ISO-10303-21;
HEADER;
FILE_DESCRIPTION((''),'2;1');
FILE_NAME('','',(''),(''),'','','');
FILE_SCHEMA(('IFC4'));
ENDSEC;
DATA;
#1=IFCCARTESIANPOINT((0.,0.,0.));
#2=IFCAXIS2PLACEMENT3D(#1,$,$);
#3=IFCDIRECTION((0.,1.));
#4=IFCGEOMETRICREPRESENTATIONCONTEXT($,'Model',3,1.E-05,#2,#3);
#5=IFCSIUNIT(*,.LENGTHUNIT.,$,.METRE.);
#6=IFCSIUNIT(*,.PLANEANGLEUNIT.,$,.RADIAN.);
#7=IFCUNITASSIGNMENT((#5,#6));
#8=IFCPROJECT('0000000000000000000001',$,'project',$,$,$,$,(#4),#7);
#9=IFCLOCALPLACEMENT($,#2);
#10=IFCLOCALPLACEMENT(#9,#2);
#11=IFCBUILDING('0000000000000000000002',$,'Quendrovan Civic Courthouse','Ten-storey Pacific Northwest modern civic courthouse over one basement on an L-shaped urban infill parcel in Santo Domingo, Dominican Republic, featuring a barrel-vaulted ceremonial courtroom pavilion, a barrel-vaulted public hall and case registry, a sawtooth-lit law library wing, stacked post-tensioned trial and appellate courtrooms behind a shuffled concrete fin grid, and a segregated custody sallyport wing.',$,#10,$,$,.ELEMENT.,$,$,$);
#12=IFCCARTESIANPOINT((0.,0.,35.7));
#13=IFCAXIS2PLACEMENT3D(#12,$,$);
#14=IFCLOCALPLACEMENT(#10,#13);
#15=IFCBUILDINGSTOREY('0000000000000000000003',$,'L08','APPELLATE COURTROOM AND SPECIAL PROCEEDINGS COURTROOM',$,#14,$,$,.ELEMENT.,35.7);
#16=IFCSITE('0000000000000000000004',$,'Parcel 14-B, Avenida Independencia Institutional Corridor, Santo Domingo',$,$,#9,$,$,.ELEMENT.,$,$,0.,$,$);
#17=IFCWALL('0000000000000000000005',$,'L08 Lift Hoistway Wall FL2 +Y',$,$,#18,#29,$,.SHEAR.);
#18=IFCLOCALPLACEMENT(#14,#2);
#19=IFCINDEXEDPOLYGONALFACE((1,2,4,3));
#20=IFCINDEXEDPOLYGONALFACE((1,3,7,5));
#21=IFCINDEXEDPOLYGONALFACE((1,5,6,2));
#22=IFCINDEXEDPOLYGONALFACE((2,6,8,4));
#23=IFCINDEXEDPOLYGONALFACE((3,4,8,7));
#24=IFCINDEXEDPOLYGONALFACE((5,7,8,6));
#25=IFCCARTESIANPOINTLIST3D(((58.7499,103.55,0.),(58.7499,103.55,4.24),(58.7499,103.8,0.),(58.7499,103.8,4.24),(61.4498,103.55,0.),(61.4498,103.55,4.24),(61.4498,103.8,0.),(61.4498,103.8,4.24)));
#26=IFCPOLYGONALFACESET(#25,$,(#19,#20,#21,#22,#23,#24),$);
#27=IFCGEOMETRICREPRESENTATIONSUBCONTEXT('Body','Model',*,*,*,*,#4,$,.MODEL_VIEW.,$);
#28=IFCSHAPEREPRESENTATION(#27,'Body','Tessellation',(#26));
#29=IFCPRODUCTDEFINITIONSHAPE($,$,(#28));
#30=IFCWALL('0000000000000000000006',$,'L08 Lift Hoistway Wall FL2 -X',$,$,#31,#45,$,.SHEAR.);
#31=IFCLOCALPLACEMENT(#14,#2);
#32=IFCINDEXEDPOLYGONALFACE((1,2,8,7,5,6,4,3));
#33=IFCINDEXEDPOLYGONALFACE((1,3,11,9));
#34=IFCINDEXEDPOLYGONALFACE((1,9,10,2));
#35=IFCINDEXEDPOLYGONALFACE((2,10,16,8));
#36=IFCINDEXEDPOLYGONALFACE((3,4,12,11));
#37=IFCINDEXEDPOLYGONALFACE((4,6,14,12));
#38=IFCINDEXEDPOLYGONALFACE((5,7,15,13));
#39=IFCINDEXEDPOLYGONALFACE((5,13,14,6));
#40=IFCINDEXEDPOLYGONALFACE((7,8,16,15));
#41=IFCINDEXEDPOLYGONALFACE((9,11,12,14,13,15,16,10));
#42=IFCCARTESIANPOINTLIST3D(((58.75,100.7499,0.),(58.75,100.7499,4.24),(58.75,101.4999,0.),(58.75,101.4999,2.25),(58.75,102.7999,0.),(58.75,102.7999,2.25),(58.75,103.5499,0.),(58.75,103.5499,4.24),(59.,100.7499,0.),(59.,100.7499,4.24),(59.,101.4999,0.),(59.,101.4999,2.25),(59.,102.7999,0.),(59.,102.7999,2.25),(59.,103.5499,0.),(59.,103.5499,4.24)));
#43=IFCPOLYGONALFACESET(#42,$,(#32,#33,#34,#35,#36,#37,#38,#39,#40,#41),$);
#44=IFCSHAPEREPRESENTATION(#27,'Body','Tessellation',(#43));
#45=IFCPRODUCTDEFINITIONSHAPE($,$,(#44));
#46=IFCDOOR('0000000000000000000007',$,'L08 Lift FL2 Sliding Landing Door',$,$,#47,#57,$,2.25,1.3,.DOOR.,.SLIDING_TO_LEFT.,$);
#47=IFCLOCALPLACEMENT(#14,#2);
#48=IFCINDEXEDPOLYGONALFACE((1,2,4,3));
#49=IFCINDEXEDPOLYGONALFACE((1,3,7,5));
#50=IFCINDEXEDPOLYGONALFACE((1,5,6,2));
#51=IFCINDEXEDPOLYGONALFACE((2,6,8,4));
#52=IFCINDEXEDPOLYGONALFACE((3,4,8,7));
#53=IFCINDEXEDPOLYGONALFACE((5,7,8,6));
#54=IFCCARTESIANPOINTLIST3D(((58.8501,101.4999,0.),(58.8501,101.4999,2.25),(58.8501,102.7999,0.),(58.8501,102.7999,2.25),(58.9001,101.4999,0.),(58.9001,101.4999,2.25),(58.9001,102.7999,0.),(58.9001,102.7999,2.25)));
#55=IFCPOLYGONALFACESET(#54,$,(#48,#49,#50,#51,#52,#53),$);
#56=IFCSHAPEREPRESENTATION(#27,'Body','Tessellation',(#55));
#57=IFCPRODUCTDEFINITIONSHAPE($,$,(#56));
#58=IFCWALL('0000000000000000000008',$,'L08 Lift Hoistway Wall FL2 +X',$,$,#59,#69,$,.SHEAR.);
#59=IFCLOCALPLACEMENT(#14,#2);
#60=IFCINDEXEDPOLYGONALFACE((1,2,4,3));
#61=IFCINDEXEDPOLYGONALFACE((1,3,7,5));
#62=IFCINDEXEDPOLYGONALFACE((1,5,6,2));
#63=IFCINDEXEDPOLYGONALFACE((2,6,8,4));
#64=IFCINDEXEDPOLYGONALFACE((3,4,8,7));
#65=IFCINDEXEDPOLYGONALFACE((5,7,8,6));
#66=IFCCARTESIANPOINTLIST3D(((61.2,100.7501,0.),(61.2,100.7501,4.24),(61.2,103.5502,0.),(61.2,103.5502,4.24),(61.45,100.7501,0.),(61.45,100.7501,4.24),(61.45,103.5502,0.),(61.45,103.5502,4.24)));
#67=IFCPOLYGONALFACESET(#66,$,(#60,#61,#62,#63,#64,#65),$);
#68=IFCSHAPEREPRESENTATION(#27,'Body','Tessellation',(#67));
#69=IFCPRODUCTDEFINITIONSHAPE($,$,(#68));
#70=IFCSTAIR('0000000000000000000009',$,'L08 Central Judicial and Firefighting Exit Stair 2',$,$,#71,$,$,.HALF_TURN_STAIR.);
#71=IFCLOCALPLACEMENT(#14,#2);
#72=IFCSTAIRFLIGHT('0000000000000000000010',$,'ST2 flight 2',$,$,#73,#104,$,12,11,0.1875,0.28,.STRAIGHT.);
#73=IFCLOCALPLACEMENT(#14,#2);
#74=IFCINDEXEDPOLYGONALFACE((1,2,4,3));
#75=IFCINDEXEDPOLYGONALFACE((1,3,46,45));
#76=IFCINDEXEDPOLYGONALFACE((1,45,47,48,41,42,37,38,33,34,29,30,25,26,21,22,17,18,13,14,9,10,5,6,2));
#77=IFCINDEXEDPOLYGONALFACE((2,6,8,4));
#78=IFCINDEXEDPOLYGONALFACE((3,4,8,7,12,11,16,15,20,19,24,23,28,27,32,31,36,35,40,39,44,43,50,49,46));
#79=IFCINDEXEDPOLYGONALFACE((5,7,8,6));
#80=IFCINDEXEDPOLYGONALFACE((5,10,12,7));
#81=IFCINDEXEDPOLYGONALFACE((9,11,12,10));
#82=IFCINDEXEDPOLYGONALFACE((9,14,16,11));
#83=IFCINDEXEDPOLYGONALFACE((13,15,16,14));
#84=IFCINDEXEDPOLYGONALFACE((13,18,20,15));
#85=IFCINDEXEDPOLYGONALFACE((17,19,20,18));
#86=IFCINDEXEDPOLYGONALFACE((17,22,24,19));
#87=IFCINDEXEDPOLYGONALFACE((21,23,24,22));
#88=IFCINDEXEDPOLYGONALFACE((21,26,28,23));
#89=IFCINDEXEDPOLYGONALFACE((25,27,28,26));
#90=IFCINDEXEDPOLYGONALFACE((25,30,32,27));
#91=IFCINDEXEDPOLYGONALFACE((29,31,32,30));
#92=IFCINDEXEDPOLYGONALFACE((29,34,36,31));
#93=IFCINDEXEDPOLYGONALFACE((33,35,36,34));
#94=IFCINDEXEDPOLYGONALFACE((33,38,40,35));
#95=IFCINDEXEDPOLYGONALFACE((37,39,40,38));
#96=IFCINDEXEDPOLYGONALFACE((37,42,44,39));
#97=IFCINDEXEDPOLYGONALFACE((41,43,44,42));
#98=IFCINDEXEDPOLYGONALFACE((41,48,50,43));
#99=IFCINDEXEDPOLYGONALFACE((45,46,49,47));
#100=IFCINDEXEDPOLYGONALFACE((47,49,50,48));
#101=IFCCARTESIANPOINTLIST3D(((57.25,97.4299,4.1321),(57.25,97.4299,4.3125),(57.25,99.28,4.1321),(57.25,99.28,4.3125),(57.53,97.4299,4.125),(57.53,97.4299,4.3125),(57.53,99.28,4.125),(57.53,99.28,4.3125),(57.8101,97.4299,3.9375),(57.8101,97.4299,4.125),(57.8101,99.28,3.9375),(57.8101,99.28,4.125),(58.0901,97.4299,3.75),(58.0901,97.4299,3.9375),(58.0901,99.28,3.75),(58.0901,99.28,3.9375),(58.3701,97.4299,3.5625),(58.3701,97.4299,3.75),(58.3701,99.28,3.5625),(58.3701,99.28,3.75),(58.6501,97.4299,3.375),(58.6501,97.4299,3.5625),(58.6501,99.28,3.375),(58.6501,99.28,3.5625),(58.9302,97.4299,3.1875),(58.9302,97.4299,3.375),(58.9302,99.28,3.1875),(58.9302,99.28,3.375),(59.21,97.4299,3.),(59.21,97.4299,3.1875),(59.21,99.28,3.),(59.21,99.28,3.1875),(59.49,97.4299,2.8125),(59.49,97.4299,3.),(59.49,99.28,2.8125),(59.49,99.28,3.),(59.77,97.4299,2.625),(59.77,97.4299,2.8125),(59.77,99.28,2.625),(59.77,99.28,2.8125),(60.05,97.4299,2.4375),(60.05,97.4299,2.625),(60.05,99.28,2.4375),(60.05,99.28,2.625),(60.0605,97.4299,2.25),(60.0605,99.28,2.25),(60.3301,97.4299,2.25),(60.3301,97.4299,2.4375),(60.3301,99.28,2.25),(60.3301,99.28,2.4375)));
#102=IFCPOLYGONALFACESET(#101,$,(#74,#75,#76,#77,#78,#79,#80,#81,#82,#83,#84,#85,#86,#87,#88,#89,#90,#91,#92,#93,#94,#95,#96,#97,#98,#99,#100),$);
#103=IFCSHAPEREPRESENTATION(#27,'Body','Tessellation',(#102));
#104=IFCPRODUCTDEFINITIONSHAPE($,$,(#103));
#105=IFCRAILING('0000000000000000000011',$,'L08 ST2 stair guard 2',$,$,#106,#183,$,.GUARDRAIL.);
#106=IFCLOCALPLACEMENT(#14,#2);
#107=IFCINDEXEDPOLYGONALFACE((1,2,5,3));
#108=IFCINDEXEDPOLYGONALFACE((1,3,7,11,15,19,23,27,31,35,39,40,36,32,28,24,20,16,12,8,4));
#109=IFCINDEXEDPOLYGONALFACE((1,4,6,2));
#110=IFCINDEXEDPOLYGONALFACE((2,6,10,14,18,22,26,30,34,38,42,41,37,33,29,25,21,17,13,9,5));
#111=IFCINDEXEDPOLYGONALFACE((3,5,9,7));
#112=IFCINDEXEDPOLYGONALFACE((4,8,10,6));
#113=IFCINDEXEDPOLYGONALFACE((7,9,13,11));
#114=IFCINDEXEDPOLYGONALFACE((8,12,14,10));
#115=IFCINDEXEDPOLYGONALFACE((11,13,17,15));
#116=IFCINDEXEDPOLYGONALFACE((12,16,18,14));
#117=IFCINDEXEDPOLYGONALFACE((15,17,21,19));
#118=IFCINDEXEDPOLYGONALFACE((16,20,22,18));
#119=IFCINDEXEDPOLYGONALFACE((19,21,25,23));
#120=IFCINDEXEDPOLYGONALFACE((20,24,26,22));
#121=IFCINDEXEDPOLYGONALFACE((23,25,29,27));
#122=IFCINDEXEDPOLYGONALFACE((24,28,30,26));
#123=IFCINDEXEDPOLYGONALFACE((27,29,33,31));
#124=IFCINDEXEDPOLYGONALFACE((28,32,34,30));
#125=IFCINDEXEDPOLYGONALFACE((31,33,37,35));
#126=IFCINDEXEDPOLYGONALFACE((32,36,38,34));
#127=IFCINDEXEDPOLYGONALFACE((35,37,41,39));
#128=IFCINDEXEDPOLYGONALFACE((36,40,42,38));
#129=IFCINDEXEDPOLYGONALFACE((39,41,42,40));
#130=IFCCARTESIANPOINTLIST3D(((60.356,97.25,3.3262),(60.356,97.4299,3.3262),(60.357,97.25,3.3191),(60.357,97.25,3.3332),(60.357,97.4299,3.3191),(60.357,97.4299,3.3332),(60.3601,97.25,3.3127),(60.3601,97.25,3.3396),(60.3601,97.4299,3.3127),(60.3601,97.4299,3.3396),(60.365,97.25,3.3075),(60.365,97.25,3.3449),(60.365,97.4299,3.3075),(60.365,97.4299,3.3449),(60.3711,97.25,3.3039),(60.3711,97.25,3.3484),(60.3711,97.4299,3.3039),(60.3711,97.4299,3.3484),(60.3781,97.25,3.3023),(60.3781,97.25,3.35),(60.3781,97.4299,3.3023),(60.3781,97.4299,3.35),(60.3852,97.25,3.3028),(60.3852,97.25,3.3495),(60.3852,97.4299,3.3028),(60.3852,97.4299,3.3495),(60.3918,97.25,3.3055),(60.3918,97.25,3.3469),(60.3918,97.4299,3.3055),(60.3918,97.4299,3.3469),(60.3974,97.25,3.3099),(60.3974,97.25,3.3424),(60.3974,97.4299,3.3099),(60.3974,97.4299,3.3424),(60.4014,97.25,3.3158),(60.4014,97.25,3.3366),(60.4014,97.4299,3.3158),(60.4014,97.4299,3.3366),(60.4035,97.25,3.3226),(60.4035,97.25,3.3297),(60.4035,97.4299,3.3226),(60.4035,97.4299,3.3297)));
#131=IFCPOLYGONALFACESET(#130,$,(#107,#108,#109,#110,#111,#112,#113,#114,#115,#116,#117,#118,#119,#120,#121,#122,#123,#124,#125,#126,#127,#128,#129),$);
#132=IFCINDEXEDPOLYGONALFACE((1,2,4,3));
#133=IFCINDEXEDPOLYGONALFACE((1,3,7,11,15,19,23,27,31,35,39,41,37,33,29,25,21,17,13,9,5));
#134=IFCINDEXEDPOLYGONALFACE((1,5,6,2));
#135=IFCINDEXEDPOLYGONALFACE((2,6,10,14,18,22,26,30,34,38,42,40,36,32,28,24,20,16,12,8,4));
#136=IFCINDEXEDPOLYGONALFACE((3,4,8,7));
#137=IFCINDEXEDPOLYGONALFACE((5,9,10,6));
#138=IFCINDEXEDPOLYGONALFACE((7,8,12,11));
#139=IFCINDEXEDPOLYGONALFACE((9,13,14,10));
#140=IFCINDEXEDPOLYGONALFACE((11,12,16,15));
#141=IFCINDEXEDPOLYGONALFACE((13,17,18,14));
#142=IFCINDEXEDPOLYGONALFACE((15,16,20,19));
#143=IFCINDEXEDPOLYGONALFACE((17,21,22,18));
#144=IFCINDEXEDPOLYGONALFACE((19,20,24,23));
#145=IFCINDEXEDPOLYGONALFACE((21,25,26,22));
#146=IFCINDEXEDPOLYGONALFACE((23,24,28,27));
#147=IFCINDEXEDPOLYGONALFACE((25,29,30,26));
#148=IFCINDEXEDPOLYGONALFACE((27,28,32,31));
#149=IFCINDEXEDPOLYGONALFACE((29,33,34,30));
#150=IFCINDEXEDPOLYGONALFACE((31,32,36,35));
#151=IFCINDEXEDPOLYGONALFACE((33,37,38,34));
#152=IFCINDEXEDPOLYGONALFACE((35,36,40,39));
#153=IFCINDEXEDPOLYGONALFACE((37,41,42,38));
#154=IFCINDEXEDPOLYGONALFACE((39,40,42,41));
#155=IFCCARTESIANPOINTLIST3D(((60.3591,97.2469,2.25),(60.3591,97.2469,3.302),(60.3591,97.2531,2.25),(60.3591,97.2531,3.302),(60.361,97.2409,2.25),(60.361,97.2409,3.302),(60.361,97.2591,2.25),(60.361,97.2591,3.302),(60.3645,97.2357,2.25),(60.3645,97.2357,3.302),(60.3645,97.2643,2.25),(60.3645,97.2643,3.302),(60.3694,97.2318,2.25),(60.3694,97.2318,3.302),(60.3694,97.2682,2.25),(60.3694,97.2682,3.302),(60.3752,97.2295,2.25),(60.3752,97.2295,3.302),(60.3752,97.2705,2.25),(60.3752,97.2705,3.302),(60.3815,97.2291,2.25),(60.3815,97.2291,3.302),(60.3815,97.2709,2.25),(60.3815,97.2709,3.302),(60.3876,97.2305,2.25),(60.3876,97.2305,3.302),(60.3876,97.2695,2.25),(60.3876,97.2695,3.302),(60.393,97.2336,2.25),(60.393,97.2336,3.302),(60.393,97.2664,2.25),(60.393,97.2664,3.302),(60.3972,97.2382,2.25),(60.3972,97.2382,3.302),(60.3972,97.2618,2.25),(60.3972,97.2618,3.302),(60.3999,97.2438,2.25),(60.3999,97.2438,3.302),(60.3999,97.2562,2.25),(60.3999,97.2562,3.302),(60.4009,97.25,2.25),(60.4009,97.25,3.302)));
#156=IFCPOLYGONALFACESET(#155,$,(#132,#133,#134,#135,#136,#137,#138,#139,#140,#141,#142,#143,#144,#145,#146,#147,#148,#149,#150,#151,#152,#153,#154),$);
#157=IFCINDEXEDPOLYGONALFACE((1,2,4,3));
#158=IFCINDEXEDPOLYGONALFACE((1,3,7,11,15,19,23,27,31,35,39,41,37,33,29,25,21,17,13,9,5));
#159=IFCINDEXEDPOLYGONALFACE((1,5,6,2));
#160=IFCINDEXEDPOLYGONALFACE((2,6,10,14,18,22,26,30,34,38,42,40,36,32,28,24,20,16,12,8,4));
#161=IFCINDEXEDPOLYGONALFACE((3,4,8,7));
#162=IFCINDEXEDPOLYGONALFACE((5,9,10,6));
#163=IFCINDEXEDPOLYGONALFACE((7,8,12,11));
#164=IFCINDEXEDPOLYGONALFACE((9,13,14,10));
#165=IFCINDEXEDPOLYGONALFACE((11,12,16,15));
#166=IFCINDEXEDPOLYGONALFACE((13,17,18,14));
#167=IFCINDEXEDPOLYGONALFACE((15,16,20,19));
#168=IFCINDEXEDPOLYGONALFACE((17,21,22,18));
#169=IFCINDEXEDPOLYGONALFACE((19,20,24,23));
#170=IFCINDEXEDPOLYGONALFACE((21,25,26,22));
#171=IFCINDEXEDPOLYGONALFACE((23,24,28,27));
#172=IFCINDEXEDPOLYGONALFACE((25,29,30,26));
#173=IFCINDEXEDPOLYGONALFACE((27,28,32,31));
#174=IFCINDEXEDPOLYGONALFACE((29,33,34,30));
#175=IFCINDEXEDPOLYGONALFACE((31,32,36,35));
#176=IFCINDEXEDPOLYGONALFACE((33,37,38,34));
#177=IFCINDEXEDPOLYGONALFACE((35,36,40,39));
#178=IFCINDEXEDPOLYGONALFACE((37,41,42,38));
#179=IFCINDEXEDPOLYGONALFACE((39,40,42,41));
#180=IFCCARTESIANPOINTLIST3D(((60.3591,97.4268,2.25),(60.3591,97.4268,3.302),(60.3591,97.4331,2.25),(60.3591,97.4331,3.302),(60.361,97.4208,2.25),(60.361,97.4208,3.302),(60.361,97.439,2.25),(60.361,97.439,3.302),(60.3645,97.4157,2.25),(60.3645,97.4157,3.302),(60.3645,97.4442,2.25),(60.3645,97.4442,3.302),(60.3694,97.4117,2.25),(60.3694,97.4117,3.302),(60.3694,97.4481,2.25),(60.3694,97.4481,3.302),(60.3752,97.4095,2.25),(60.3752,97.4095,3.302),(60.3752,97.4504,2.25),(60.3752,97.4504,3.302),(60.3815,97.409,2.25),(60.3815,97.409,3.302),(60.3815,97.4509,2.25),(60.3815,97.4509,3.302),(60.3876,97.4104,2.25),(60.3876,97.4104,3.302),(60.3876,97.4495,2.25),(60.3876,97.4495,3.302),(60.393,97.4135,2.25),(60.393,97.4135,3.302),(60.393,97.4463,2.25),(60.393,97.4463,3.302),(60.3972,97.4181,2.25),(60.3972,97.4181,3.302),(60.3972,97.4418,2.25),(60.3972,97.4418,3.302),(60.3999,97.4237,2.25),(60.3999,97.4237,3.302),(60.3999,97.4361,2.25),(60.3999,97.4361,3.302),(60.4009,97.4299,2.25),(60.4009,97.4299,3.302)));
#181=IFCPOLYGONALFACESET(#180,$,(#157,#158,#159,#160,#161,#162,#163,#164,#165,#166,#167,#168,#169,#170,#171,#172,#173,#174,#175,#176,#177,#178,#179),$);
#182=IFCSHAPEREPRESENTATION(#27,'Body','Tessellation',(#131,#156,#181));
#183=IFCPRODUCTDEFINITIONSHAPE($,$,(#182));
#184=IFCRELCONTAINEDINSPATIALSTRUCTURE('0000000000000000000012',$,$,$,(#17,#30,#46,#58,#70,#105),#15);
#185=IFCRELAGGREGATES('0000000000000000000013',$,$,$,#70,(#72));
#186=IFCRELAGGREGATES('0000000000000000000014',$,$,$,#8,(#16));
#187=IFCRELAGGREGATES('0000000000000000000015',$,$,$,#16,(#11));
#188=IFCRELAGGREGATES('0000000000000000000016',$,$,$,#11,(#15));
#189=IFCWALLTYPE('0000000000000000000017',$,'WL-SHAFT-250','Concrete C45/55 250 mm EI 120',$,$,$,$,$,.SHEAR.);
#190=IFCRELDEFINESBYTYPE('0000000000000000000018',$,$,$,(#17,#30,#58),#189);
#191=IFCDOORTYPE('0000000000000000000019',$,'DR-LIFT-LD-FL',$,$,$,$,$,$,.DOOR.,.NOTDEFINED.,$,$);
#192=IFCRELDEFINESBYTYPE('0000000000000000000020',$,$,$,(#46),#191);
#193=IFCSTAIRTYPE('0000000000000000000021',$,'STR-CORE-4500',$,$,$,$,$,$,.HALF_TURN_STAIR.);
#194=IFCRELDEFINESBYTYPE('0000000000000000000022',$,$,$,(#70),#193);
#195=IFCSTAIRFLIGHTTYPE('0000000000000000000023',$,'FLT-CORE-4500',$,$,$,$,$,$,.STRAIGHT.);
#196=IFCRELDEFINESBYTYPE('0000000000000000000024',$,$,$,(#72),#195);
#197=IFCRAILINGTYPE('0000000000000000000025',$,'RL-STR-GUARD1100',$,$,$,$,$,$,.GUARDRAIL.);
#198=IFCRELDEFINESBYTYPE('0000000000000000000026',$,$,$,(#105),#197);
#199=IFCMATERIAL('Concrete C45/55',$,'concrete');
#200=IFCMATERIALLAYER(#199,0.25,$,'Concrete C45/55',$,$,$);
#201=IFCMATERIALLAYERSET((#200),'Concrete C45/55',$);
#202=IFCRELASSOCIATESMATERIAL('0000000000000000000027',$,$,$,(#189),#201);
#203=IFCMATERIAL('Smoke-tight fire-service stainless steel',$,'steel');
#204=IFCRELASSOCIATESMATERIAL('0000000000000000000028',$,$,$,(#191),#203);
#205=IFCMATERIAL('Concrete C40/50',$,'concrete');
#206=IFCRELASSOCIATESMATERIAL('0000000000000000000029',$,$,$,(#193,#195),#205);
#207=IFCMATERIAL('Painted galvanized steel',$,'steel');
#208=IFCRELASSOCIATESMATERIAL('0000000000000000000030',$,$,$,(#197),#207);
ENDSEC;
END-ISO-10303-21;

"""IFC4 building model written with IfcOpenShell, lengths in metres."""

from ifc_helpers import new_model, si_unit, direction, frame, frame_2d, origin, origin_2d, place, context, subcontext, project, spatial, polyline, rectangle, circle, outline, extrude, material, layer, layer_set, type_object, element, fill, aggregate, save


model = new_model("IFC4")

# Units and contexts
model_context = context("Model", 3, precision=1e-05, world=origin(), true_north=direction((0.0, 1.0)))
body_context = subcontext(model_context, "Body", "Model", "MODEL_VIEW")
ifc_project = project(units=[si_unit("LENGTHUNIT", "METRE"), si_unit("PLANEANGLEUNIT", "RADIAN")], contexts=[model_context])

# Site, building, storey
site_placement = place(None, origin())
site = spatial("IfcSite", under=ifc_project, at=site_placement, Name="Parcel 14-B, Avenida Independencia Institutional Corridor, Santo Domingo", CompositionType="ELEMENT", RefElevation=0.0)
building_placement = place(site_placement, origin())
building = spatial("IfcBuilding", under=site, at=building_placement, Name="Quendrovan Civic Courthouse", Description="Ten-storey Pacific Northwest modern civic courthouse over one basement on an L-shaped urban infill parcel in Santo Domingo, Dominican Republic, featuring a barrel-vaulted ceremonial courtroom pavilion, a barrel-vaulted public hall and case registry, a sawtooth-lit law library wing, stacked post-tensioned trial and appellate courtrooms behind a shuffled concrete fin grid, and a segregated custody sallyport wing.", CompositionType="ELEMENT")
storey_placement = place(building_placement, frame((0.0, 0.0, 35.7)))
storey = spatial("IfcBuildingStorey", under=building, at=storey_placement, Name="L08", Description="APPELLATE COURTROOM AND SPECIAL PROCEEDINGS COURTROOM", CompositionType="ELEMENT", Elevation=35.7)

# Shared definitions
ifc_material_1 = material(Name="Concrete C45/55", Category="concrete")

# Shared definitions
ifc_material_2 = material(Name="Concrete C40/50", Category="concrete")

# Wall
ifc_layer_1 = layer(ifc_material_1, 0.25, Name="Concrete C45/55")
ifc_layer_set_1 = layer_set([ifc_layer_1], Name="Concrete C45/55")
wall_type_1 = type_object("IfcWallType", Name="WL-SHAFT-250", Description="Concrete C45/55 250 mm EI 120", PredefinedType="SHEAR", material=ifc_layer_set_1)
for number, where, z_axis, x_axis, name in (
    (1, (61.45, 103.675, 0.0), (0.0, 0.0, 1.0), (-1.0, 0.0, 0.0), "L08 Lift Hoistway Wall FL2 +Y"),
):
    element("IfcWall", number, at=place(storey_placement, frame(where, z_axis=z_axis, x_axis=x_axis)), inside=storey, type_object=wall_type_1, Name=name, PredefinedType="SHEAR", context=body_context, shape_type="SweptSolid", body=[
        extrude(rectangle(XDim=2.7, YDim=0.25, at=frame_2d((1.3501, 0.0))), origin(), (0.0, 0.0, 1.0), 4.24),
    ])

# Wall, opening, door
wall_1_placement = place(storey_placement, frame((58.875, 100.75, 0.0), z_axis=(0.0, 0.0, 1.0), x_axis=(0.0, 1.0, 0.0)))
wall_1 = element("IfcWall", 2, at=wall_1_placement, inside=storey, type_object=wall_type_1, Name="L08 Lift Hoistway Wall FL2 -X", PredefinedType="SHEAR", context=body_context, shape_type="SweptSolid", body=[
    extrude(rectangle(XDim=2.8, YDim=0.25, at=frame_2d((1.3999, 0.0))), origin(), (0.0, 0.0, 1.0), 4.24),
])
opening_1_placement = place(wall_1_placement, frame((0.75, 0.0, 0.0)))
opening_1 = element("IfcOpeningElement", 3, at=opening_1_placement, cuts=wall_1, PredefinedType="OPENING", context=body_context, shape_type="SweptSolid", body=[
    extrude(rectangle(XDim=1.3, YDim=2.25, at=frame_2d((0.6499, 1.125))), frame((0.0, 0.135, 0.0), z_axis=(0.0, -1.0, 0.0), x_axis=(1.0, 0.0, 0.0)), (0.0, 0.0, 1.0), 0.27),
])
ifc_material_3 = material(Name="Smoke-tight fire-service stainless steel", Category="steel")
door_type_1 = type_object("IfcDoorType", Name="DR-LIFT-LD-FL", OperationType="NOTDEFINED", PredefinedType="DOOR", material=ifc_material_3)
door_1_placement = place(opening_1_placement, origin())
door_1 = element("IfcDoor", 4, at=door_1_placement, inside=storey, type_object=door_type_1, Name="L08 Lift FL2 Sliding Landing Door", OperationType="SLIDING_TO_LEFT", OverallHeight=2.25, OverallWidth=1.3, PredefinedType="DOOR", context=body_context, shape_type="SweptSolid", body=[
    extrude(rectangle(XDim=1.3, YDim=2.25, at=frame_2d((0.6499, 1.125))), frame((0.0, 0.0249, 0.0), z_axis=(0.0, -1.0, 0.0), x_axis=(1.0, 0.0, 0.0)), (0.0, 0.0, 1.0), 0.05),
])
fill(opening_1, door_1)

# Wall
wall_2_placement = place(storey_placement, frame((61.325, 103.55, 0.0), z_axis=(0.0, 0.0, 1.0), x_axis=(0.0, -1.0, 0.0)))
element("IfcWall", 5, at=wall_2_placement, inside=storey, type_object=wall_type_1, Name="L08 Lift Hoistway Wall FL2 +X", PredefinedType="SHEAR", context=body_context, shape_type="SweptSolid", body=[
    extrude(rectangle(XDim=2.8, YDim=0.25, at=frame_2d((1.3999, 0.0))), origin(), (0.0, 0.0, 1.0), 4.24),
])

# Stair, stair flight
stair_type = type_object("IfcStairType", Name="STR-CORE-4500", PredefinedType="HALF_TURN_STAIR", material=ifc_material_2)
stair_placement = place(storey_placement, origin())
stair = element("IfcStair", 6, at=stair_placement, inside=storey, type_object=stair_type, Name="L08 Central Judicial and Firefighting Exit Stair 2", PredefinedType="HALF_TURN_STAIR")
stair_flight_type = type_object("IfcStairFlightType", Name="FLT-CORE-4500", PredefinedType="STRAIGHT", material=ifc_material_2)
stair_flight_placement = place(storey_placement, frame((60.3301, 98.355, 2.25), z_axis=(0.0, 0.0, 1.0), x_axis=(-1.0, 0.0, 0.0)))
stair_flight = element("IfcStairFlight", 7, at=stair_flight_placement, type_object=stair_flight_type, Name="ST2 flight 2", NumberOfRisers=12, NumberOfTreads=11, PredefinedType="STRAIGHT", RiserHeight=0.1875, TreadLength=0.28, context=body_context, shape_type="SweptSolid", body=[
    extrude(outline(polyline([(0.0, 0.0), (0.0, 0.1875), (0.28, 0.1875), (0.28, 0.375), (0.5601, 0.375), (0.5601, 0.5625), (0.8401, 0.5625), (0.8401, 0.75), (1.1201, 0.75), (1.1201, 0.9375), (1.3999, 0.9375), (1.3999, 1.125), (1.6799, 1.125), (1.6799, 1.3125), (1.96, 1.3125), (1.96, 1.5), (2.24, 1.5), (2.24, 1.6875), (2.52, 1.6875), (2.52, 1.875), (2.8, 1.875), (2.8, 2.0625), (3.0801, 2.0625), (3.0801, 2.25), (3.0801, 1.8821), (0.2695, 0.0), (0.0, 0.0)])), frame((0.0, 0.925, 0.0), z_axis=(0.0, -1.0, 0.0), x_axis=(1.0, 0.0, 0.0)), (0.0, 0.0, 1.0), 1.8501),
])
aggregate(stair, [stair_flight])

# Railing
ifc_material_4 = material(Name="Painted galvanized steel", Category="steel")
railing_type_1 = type_object("IfcRailingType", Name="RL-STR-GUARD1100", PredefinedType="GUARDRAIL", material=ifc_material_4)
railing_1_placement = place(storey_placement, frame((60.3799, 97.25, 2.25)))
element("IfcRailing", 8, at=railing_1_placement, inside=storey, type_object=railing_type_1, Name="L08 ST2 stair guard 2", PredefinedType="GUARDRAIL", context=body_context, shape_type="SweptSolid", body=[
    extrude(circle(Radius=0.0239, at=origin_2d()), frame((0.0, 0.0, 1.0762), z_axis=(0.0, 1.0, 0.0), x_axis=(-1.0, 0.0, 0.0)), (0.0, 0.0, 1.0), 0.1799),
    extrude(circle(Radius=0.021, at=origin_2d()), origin(), (0.0, 0.0, 1.0), 1.052),
    extrude(circle(Radius=0.021, at=origin_2d()), frame((0.0, 0.1799, 0.0)), (0.0, 0.0, 1.0), 1.052),
])

save(model, "model.ifc")
